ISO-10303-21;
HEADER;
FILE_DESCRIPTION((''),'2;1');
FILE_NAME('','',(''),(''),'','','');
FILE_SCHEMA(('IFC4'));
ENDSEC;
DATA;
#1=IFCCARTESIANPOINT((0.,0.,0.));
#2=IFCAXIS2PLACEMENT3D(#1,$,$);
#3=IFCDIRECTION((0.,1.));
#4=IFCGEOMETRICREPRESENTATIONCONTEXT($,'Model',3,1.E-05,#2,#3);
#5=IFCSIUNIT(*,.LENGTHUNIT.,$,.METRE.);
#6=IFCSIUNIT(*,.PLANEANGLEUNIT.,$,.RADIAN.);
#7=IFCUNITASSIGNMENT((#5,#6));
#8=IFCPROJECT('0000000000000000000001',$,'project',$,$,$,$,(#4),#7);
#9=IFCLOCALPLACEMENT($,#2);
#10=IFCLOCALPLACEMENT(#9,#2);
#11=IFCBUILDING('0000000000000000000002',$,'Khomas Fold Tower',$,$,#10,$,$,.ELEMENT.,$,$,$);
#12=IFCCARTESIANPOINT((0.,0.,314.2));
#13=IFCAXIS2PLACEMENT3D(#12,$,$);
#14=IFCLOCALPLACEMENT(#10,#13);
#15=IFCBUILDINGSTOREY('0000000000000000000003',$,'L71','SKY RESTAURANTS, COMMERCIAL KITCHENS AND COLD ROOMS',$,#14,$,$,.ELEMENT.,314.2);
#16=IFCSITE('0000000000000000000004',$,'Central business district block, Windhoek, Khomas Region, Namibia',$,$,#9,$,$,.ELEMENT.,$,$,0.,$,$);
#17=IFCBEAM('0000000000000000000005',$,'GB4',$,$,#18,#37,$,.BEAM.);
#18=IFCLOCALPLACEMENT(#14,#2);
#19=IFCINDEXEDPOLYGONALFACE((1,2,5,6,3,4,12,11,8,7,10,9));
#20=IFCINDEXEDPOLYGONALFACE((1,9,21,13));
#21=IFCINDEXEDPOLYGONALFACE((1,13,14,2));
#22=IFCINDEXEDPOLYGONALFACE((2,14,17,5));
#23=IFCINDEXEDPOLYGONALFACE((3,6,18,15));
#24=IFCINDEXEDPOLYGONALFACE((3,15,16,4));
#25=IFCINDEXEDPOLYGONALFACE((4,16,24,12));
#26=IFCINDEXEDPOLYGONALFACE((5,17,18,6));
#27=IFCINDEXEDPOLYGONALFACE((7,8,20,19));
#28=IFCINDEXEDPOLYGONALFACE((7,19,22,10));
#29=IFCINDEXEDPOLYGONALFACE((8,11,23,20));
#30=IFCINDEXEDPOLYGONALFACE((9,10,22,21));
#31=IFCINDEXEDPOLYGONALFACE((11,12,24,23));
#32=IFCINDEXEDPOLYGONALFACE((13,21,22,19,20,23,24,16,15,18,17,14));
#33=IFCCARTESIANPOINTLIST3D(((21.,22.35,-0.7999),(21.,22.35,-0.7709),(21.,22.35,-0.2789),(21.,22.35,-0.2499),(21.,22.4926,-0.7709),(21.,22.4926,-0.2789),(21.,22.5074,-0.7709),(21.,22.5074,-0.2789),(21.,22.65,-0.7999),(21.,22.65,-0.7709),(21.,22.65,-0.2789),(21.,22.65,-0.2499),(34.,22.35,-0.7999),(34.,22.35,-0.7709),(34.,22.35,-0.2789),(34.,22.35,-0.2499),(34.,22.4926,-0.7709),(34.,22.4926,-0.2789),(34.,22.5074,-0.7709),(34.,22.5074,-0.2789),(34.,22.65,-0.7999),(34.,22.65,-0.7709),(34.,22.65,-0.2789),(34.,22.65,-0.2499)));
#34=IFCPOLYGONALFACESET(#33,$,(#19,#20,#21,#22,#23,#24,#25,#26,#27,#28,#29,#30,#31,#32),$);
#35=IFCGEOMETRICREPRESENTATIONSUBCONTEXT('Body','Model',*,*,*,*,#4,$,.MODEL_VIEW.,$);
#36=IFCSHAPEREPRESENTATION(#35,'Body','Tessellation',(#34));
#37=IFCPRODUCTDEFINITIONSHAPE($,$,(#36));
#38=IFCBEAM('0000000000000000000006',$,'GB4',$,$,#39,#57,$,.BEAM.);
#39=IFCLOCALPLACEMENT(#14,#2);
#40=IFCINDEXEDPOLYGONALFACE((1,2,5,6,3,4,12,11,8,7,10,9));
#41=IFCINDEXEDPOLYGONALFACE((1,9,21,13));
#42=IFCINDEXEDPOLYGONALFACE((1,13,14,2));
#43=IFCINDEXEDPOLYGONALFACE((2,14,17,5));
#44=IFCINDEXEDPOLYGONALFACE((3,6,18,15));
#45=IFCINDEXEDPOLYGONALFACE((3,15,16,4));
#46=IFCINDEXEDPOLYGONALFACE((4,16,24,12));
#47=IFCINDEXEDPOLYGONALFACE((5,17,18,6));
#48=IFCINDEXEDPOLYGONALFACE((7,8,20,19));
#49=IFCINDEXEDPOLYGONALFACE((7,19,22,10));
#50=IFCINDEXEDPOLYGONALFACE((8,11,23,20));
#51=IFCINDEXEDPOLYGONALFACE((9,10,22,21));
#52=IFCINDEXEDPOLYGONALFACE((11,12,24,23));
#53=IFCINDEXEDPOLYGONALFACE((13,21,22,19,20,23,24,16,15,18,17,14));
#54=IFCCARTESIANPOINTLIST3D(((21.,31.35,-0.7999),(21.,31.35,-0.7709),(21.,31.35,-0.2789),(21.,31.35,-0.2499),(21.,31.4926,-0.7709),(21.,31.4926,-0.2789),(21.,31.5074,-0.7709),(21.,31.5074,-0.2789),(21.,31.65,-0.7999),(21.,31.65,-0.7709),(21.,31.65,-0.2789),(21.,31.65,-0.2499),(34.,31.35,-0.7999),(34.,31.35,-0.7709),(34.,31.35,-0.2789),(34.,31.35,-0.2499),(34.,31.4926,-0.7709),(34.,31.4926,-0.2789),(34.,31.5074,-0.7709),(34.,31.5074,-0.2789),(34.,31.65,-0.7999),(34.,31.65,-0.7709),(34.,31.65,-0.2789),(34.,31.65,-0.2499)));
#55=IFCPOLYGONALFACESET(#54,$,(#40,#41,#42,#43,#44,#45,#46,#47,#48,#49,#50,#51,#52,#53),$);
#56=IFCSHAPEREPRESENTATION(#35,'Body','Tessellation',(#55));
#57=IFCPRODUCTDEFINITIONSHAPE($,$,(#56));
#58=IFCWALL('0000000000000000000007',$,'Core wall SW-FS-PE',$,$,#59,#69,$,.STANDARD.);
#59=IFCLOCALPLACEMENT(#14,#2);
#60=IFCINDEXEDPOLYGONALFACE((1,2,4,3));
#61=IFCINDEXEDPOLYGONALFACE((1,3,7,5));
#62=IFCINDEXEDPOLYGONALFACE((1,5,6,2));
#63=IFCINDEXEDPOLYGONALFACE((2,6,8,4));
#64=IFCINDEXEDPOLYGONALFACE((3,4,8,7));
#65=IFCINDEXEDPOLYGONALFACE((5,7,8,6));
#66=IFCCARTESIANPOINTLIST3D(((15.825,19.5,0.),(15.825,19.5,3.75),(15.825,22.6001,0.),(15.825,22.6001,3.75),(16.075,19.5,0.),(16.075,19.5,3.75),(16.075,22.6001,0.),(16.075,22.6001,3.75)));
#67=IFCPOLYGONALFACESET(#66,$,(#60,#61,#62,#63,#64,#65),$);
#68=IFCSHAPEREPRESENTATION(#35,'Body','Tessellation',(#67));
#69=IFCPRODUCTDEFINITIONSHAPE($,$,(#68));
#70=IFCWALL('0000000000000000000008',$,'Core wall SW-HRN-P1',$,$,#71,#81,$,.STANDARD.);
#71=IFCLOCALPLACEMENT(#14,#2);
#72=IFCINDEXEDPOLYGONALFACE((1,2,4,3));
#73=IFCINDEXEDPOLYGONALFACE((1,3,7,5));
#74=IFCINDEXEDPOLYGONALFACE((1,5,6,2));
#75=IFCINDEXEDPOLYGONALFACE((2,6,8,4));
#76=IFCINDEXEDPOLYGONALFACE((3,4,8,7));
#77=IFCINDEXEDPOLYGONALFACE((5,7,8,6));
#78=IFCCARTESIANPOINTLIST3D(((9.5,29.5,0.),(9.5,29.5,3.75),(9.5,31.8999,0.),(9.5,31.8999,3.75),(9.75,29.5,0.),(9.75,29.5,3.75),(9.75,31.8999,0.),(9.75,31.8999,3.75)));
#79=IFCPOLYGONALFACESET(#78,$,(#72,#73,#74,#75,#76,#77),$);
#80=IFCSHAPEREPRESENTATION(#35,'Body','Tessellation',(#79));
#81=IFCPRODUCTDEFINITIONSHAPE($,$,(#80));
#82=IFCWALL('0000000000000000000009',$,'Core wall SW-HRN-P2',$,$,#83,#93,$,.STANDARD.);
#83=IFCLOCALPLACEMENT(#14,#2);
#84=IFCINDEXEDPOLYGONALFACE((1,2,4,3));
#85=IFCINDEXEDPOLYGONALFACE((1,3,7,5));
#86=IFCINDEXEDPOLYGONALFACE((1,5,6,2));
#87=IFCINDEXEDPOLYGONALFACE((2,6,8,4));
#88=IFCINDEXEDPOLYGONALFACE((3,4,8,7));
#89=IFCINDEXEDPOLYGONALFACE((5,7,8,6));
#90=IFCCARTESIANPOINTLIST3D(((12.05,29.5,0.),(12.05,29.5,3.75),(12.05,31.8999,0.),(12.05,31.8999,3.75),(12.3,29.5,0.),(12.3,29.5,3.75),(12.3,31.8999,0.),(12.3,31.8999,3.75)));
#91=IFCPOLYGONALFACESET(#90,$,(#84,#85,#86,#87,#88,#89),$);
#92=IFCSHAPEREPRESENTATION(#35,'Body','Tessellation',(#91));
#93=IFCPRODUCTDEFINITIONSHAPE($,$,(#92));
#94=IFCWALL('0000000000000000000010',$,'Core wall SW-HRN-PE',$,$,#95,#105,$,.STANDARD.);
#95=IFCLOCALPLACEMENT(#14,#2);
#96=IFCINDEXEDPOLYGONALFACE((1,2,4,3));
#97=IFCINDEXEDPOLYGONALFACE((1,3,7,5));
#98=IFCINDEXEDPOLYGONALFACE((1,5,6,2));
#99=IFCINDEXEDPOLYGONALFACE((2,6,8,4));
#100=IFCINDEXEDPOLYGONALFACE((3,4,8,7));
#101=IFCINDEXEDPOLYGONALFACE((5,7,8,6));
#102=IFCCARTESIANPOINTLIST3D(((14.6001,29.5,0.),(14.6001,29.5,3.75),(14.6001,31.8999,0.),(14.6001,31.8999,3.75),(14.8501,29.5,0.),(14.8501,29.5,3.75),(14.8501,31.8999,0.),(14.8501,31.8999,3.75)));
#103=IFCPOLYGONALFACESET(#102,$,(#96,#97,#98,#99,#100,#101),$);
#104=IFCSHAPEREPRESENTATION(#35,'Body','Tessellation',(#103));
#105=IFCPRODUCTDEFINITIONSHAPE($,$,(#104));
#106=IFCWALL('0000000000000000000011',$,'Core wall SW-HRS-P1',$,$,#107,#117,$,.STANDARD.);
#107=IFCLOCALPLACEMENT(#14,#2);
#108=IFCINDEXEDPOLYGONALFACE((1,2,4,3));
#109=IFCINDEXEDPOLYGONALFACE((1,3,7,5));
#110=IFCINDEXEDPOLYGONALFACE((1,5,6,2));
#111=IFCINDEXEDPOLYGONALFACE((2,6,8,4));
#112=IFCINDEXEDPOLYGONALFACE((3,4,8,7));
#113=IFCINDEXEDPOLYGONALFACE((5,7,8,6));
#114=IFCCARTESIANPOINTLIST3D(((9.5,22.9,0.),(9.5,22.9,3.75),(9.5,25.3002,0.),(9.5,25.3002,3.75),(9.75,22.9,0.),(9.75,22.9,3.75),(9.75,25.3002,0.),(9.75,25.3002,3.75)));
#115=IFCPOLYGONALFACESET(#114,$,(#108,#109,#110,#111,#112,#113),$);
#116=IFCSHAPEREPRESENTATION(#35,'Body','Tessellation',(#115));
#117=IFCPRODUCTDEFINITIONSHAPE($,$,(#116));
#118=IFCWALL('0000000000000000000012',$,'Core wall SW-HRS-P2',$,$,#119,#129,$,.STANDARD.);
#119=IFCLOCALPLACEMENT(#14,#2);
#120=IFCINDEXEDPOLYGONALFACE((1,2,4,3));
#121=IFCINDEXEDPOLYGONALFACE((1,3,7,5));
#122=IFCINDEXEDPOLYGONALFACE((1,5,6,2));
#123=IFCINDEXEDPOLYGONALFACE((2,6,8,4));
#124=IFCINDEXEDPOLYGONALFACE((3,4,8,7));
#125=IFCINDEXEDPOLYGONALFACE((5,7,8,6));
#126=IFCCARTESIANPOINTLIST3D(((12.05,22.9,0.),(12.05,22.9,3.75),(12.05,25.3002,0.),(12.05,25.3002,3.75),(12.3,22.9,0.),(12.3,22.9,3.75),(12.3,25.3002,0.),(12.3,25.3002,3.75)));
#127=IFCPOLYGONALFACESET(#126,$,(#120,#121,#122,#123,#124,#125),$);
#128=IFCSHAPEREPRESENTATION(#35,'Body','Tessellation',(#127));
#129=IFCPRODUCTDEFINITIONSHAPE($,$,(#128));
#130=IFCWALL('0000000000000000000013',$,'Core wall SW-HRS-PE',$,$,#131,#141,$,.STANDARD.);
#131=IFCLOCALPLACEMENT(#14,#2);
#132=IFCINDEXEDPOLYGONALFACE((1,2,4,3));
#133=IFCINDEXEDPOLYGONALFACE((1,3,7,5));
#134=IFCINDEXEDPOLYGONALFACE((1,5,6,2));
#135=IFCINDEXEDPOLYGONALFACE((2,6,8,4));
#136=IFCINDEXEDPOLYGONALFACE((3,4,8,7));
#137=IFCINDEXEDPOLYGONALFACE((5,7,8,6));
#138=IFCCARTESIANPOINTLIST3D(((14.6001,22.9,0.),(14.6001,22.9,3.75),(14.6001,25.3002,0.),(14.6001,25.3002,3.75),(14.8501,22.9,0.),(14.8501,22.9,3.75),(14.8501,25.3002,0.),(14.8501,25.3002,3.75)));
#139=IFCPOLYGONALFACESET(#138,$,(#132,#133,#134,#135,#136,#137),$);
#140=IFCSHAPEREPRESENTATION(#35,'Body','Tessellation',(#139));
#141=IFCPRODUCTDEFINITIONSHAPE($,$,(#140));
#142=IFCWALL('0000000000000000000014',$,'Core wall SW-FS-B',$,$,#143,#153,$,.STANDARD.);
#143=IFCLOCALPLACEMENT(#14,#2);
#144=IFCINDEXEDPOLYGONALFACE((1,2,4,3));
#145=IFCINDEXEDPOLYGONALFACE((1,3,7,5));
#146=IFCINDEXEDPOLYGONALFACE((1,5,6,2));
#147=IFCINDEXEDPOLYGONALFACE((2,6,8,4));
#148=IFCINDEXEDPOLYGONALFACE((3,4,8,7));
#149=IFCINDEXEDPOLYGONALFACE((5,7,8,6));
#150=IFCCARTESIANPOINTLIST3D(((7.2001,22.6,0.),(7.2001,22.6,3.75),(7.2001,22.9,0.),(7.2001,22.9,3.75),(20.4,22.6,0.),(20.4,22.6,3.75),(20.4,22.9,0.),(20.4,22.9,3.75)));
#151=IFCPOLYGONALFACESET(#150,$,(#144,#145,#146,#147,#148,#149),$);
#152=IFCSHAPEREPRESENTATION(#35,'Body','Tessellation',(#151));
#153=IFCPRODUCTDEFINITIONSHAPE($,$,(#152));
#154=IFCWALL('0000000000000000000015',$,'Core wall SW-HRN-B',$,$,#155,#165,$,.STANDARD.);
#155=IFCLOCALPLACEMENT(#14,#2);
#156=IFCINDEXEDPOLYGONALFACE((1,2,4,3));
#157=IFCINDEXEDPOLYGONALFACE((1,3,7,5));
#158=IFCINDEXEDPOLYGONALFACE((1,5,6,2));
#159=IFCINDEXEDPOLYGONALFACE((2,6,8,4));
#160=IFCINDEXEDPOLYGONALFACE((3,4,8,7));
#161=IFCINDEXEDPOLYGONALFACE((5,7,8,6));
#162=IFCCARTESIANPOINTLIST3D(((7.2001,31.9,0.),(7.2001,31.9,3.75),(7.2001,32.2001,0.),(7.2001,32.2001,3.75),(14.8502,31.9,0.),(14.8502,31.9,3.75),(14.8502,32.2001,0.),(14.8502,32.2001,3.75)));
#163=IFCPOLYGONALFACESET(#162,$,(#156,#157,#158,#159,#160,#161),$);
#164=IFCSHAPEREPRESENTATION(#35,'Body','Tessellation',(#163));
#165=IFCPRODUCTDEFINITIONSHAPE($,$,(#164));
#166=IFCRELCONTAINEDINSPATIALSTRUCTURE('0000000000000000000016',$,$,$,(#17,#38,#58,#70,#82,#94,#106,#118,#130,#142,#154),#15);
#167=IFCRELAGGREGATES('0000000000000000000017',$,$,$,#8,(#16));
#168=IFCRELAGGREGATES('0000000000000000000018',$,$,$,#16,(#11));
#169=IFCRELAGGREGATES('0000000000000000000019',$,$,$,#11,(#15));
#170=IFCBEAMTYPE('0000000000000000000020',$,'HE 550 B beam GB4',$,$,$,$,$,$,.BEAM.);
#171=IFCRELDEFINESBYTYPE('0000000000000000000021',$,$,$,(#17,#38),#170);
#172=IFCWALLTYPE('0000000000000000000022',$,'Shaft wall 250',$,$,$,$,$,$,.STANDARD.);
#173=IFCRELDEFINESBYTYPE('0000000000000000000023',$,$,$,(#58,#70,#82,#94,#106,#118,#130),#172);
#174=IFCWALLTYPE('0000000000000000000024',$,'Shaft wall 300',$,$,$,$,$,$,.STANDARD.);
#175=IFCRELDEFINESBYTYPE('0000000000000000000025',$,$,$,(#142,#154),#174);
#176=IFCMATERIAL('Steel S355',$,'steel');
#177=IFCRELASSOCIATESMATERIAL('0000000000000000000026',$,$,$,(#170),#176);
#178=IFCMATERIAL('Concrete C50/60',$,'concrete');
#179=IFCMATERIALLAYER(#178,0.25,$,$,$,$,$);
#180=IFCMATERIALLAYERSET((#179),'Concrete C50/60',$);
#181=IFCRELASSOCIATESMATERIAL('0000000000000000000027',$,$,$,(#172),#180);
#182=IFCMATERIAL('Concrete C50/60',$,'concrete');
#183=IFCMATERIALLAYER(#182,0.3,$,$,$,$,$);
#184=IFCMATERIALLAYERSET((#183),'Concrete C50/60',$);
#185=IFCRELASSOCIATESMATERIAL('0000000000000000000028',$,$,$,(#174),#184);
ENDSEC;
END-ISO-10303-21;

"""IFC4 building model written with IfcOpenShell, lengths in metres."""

from ifc_helpers import new_model, si_unit, direction, frame, frame_2d, origin, origin_2d, place, context, subcontext, project, spatial, rectangle, i_section, extrude, source, transform, mapped, material, layer, layer_set, material_profile, profile_set, type_object, element, save


model = new_model("IFC4")

# Units and contexts
model_context = context("Model", 3, precision=1e-05, world=origin(), true_north=direction((0.0, 1.0)))
body_context = subcontext(model_context, "Body", "Model", "MODEL_VIEW")
ifc_project = project(units=[si_unit("LENGTHUNIT", "METRE"), si_unit("PLANEANGLEUNIT", "RADIAN")], contexts=[model_context])

# Site, building, storey
site_placement = place(None, origin())
site = spatial("IfcSite", under=ifc_project, at=site_placement, Name="Central business district block, Windhoek, Khomas Region, Namibia", CompositionType="ELEMENT", RefElevation=0.0)
building_placement = place(site_placement, origin())
building = spatial("IfcBuilding", under=site, at=building_placement, Name="Khomas Fold Tower", CompositionType="ELEMENT")
storey_placement = place(building_placement, frame((0.0, 0.0, 314.2)))
storey = spatial("IfcBuildingStorey", under=building, at=storey_placement, Name="L71", Description="SKY RESTAURANTS, COMMERCIAL KITCHENS AND COLD ROOMS", CompositionType="ELEMENT", Elevation=314.2)

# Beams
ifc_material_1 = material(Name="Steel S355", Category="steel")
ifc_material_profile = material_profile(ifc_material_1, i_section(OverallWidth=0.3, OverallDepth=0.55, WebThickness=0.0149, FlangeThickness=0.0291, at=origin_2d()), Name="HE 550 B")
ifc_profile_set = profile_set([ifc_material_profile], Name="Steel S355")
beam_type = type_object("IfcBeamType", Name="HE 550 B beam GB4", PredefinedType="BEAM", material=ifc_profile_set)
shared_shape_1 = source(origin(), body_context, "Body", "SweptSolid", [
    extrude(i_section(OverallWidth=0.3, OverallDepth=0.55, WebThickness=0.0149, FlangeThickness=0.0291, at=origin_2d()), origin(), (0.0, 0.0, 1.0), 13.0),
])
for number, where, z_axis, x_axis, name in (
    (1, (21.0, 22.5, -0.5249), (1.0, 0.0, 0.0), (0.0, 1.0, 0.0), "GB4"),
    (2, (21.0, 31.5, -0.5249), (1.0, 0.0, 0.0), (0.0, 1.0, 0.0), "GB4"),
):
    element("IfcBeam", number, at=place(storey_placement, frame(where, z_axis=z_axis, x_axis=x_axis)), inside=storey, type_object=beam_type, Name=name, PredefinedType="BEAM", context=body_context, shape_type="MappedRepresentation", body=[
        mapped(shared_shape_1, transform((0.0, 0.0, 0.0))),
    ])

# Walls
ifc_material_2 = material(Name="Concrete C50/60", Category="concrete")
ifc_layer_1 = layer(ifc_material_2, 0.25)
ifc_layer_set_1 = layer_set([ifc_layer_1], Name="Concrete C50/60")
wall_type_1 = type_object("IfcWallType", Name="Shaft wall 250", PredefinedType="STANDARD", material=ifc_layer_set_1)
shared_shape_2 = source(origin(), body_context, "Body", "SweptSolid", [
    extrude(rectangle(XDim=3.1001, YDim=0.25, at=frame_2d((1.55, 0.0))), origin(), (0.0, 0.0, 1.0), 3.75),
])
wall_1_placement = place(storey_placement, frame((15.95, 19.5, 0.0), z_axis=(0.0, 0.0, 1.0), x_axis=(0.0, 1.0, 0.0)))
element("IfcWall", 3, at=wall_1_placement, inside=storey, type_object=wall_type_1, Name="Core wall SW-FS-PE", PredefinedType="STANDARD", context=body_context, shape_type="MappedRepresentation", body=[
    mapped(shared_shape_2, transform((0.0, 0.0, 0.0))),
])
shared_shape_3 = source(origin(), body_context, "Body", "SweptSolid", [
    extrude(rectangle(XDim=2.3999, YDim=0.25, at=frame_2d((1.2, 0.0))), origin(), (0.0, 0.0, 1.0), 3.75),
])
for number, where, z_axis, x_axis, name in (
    (4, (9.625, 29.5, 0.0), (0.0, 0.0, 1.0), (0.0, 1.0, 0.0), "Core wall SW-HRN-P1"),
    (5, (12.175, 29.5, 0.0), (0.0, 0.0, 1.0), (0.0, 1.0, 0.0), "Core wall SW-HRN-P2"),
    (6, (14.7251, 29.5, 0.0), (0.0, 0.0, 1.0), (0.0, 1.0, 0.0), "Core wall SW-HRN-PE"),
):
    element("IfcWall", number, at=place(storey_placement, frame(where, z_axis=z_axis, x_axis=x_axis)), inside=storey, type_object=wall_type_1, Name=name, PredefinedType="STANDARD", context=body_context, shape_type="MappedRepresentation", body=[
        mapped(shared_shape_3, transform((0.0, 0.0, 0.0))),
    ])
shared_shape_4 = source(origin(), body_context, "Body", "SweptSolid", [
    extrude(rectangle(XDim=2.4001, YDim=0.25, at=frame_2d((1.2002, 0.0))), origin(), (0.0, 0.0, 1.0), 3.75),
])
for number, where, z_axis, x_axis, name in (
    (7, (9.625, 22.8999, 0.0), (0.0, 0.0, 1.0), (0.0, 1.0, 0.0), "Core wall SW-HRS-P1"),
    (8, (12.175, 22.8999, 0.0), (0.0, 0.0, 1.0), (0.0, 1.0, 0.0), "Core wall SW-HRS-P2"),
    (9, (14.7251, 22.8999, 0.0), (0.0, 0.0, 1.0), (0.0, 1.0, 0.0), "Core wall SW-HRS-PE"),
):
    element("IfcWall", number, at=place(storey_placement, frame(where, z_axis=z_axis, x_axis=x_axis)), inside=storey, type_object=wall_type_1, Name=name, PredefinedType="STANDARD", context=body_context, shape_type="MappedRepresentation", body=[
        mapped(shared_shape_4, transform((0.0, 0.0, 0.0))),
    ])
ifc_material_3 = material(Name="Concrete C50/60", Category="concrete")
ifc_layer_2 = layer(ifc_material_3, 0.3)
ifc_layer_set_2 = layer_set([ifc_layer_2], Name="Concrete C50/60")
wall_type_2 = type_object("IfcWallType", Name="Shaft wall 300", PredefinedType="STANDARD", material=ifc_layer_set_2)
shared_shape_5 = source(origin(), body_context, "Body", "SweptSolid", [
    extrude(rectangle(XDim=13.2, YDim=0.3, at=frame_2d((6.6001, 0.0))), origin(), (0.0, 0.0, 1.0), 3.75),
])
wall_2_placement = place(storey_placement, frame((7.2, 22.75, 0.0), z_axis=(0.0, 0.0, 1.0), x_axis=(1.0, 0.0, 0.0)))
element("IfcWall", 10, at=wall_2_placement, inside=storey, type_object=wall_type_2, Name="Core wall SW-FS-B", PredefinedType="STANDARD", context=body_context, shape_type="MappedRepresentation", body=[
    mapped(shared_shape_5, transform((0.0, 0.0, 0.0))),
])
shared_shape_6 = source(origin(), body_context, "Body", "SweptSolid", [
    extrude(rectangle(XDim=7.6501, YDim=0.3, at=frame_2d((3.8252, 0.0))), origin(), (0.0, 0.0, 1.0), 3.75),
])
wall_3_placement = place(storey_placement, frame((7.2, 32.05, 0.0), z_axis=(0.0, 0.0, 1.0), x_axis=(1.0, 0.0, 0.0)))
element("IfcWall", 11, at=wall_3_placement, inside=storey, type_object=wall_type_2, Name="Core wall SW-HRN-B", PredefinedType="STANDARD", context=body_context, shape_type="MappedRepresentation", body=[
    mapped(shared_shape_6, transform((0.0, 0.0, 0.0))),
])

save(model, "model.ifc")
